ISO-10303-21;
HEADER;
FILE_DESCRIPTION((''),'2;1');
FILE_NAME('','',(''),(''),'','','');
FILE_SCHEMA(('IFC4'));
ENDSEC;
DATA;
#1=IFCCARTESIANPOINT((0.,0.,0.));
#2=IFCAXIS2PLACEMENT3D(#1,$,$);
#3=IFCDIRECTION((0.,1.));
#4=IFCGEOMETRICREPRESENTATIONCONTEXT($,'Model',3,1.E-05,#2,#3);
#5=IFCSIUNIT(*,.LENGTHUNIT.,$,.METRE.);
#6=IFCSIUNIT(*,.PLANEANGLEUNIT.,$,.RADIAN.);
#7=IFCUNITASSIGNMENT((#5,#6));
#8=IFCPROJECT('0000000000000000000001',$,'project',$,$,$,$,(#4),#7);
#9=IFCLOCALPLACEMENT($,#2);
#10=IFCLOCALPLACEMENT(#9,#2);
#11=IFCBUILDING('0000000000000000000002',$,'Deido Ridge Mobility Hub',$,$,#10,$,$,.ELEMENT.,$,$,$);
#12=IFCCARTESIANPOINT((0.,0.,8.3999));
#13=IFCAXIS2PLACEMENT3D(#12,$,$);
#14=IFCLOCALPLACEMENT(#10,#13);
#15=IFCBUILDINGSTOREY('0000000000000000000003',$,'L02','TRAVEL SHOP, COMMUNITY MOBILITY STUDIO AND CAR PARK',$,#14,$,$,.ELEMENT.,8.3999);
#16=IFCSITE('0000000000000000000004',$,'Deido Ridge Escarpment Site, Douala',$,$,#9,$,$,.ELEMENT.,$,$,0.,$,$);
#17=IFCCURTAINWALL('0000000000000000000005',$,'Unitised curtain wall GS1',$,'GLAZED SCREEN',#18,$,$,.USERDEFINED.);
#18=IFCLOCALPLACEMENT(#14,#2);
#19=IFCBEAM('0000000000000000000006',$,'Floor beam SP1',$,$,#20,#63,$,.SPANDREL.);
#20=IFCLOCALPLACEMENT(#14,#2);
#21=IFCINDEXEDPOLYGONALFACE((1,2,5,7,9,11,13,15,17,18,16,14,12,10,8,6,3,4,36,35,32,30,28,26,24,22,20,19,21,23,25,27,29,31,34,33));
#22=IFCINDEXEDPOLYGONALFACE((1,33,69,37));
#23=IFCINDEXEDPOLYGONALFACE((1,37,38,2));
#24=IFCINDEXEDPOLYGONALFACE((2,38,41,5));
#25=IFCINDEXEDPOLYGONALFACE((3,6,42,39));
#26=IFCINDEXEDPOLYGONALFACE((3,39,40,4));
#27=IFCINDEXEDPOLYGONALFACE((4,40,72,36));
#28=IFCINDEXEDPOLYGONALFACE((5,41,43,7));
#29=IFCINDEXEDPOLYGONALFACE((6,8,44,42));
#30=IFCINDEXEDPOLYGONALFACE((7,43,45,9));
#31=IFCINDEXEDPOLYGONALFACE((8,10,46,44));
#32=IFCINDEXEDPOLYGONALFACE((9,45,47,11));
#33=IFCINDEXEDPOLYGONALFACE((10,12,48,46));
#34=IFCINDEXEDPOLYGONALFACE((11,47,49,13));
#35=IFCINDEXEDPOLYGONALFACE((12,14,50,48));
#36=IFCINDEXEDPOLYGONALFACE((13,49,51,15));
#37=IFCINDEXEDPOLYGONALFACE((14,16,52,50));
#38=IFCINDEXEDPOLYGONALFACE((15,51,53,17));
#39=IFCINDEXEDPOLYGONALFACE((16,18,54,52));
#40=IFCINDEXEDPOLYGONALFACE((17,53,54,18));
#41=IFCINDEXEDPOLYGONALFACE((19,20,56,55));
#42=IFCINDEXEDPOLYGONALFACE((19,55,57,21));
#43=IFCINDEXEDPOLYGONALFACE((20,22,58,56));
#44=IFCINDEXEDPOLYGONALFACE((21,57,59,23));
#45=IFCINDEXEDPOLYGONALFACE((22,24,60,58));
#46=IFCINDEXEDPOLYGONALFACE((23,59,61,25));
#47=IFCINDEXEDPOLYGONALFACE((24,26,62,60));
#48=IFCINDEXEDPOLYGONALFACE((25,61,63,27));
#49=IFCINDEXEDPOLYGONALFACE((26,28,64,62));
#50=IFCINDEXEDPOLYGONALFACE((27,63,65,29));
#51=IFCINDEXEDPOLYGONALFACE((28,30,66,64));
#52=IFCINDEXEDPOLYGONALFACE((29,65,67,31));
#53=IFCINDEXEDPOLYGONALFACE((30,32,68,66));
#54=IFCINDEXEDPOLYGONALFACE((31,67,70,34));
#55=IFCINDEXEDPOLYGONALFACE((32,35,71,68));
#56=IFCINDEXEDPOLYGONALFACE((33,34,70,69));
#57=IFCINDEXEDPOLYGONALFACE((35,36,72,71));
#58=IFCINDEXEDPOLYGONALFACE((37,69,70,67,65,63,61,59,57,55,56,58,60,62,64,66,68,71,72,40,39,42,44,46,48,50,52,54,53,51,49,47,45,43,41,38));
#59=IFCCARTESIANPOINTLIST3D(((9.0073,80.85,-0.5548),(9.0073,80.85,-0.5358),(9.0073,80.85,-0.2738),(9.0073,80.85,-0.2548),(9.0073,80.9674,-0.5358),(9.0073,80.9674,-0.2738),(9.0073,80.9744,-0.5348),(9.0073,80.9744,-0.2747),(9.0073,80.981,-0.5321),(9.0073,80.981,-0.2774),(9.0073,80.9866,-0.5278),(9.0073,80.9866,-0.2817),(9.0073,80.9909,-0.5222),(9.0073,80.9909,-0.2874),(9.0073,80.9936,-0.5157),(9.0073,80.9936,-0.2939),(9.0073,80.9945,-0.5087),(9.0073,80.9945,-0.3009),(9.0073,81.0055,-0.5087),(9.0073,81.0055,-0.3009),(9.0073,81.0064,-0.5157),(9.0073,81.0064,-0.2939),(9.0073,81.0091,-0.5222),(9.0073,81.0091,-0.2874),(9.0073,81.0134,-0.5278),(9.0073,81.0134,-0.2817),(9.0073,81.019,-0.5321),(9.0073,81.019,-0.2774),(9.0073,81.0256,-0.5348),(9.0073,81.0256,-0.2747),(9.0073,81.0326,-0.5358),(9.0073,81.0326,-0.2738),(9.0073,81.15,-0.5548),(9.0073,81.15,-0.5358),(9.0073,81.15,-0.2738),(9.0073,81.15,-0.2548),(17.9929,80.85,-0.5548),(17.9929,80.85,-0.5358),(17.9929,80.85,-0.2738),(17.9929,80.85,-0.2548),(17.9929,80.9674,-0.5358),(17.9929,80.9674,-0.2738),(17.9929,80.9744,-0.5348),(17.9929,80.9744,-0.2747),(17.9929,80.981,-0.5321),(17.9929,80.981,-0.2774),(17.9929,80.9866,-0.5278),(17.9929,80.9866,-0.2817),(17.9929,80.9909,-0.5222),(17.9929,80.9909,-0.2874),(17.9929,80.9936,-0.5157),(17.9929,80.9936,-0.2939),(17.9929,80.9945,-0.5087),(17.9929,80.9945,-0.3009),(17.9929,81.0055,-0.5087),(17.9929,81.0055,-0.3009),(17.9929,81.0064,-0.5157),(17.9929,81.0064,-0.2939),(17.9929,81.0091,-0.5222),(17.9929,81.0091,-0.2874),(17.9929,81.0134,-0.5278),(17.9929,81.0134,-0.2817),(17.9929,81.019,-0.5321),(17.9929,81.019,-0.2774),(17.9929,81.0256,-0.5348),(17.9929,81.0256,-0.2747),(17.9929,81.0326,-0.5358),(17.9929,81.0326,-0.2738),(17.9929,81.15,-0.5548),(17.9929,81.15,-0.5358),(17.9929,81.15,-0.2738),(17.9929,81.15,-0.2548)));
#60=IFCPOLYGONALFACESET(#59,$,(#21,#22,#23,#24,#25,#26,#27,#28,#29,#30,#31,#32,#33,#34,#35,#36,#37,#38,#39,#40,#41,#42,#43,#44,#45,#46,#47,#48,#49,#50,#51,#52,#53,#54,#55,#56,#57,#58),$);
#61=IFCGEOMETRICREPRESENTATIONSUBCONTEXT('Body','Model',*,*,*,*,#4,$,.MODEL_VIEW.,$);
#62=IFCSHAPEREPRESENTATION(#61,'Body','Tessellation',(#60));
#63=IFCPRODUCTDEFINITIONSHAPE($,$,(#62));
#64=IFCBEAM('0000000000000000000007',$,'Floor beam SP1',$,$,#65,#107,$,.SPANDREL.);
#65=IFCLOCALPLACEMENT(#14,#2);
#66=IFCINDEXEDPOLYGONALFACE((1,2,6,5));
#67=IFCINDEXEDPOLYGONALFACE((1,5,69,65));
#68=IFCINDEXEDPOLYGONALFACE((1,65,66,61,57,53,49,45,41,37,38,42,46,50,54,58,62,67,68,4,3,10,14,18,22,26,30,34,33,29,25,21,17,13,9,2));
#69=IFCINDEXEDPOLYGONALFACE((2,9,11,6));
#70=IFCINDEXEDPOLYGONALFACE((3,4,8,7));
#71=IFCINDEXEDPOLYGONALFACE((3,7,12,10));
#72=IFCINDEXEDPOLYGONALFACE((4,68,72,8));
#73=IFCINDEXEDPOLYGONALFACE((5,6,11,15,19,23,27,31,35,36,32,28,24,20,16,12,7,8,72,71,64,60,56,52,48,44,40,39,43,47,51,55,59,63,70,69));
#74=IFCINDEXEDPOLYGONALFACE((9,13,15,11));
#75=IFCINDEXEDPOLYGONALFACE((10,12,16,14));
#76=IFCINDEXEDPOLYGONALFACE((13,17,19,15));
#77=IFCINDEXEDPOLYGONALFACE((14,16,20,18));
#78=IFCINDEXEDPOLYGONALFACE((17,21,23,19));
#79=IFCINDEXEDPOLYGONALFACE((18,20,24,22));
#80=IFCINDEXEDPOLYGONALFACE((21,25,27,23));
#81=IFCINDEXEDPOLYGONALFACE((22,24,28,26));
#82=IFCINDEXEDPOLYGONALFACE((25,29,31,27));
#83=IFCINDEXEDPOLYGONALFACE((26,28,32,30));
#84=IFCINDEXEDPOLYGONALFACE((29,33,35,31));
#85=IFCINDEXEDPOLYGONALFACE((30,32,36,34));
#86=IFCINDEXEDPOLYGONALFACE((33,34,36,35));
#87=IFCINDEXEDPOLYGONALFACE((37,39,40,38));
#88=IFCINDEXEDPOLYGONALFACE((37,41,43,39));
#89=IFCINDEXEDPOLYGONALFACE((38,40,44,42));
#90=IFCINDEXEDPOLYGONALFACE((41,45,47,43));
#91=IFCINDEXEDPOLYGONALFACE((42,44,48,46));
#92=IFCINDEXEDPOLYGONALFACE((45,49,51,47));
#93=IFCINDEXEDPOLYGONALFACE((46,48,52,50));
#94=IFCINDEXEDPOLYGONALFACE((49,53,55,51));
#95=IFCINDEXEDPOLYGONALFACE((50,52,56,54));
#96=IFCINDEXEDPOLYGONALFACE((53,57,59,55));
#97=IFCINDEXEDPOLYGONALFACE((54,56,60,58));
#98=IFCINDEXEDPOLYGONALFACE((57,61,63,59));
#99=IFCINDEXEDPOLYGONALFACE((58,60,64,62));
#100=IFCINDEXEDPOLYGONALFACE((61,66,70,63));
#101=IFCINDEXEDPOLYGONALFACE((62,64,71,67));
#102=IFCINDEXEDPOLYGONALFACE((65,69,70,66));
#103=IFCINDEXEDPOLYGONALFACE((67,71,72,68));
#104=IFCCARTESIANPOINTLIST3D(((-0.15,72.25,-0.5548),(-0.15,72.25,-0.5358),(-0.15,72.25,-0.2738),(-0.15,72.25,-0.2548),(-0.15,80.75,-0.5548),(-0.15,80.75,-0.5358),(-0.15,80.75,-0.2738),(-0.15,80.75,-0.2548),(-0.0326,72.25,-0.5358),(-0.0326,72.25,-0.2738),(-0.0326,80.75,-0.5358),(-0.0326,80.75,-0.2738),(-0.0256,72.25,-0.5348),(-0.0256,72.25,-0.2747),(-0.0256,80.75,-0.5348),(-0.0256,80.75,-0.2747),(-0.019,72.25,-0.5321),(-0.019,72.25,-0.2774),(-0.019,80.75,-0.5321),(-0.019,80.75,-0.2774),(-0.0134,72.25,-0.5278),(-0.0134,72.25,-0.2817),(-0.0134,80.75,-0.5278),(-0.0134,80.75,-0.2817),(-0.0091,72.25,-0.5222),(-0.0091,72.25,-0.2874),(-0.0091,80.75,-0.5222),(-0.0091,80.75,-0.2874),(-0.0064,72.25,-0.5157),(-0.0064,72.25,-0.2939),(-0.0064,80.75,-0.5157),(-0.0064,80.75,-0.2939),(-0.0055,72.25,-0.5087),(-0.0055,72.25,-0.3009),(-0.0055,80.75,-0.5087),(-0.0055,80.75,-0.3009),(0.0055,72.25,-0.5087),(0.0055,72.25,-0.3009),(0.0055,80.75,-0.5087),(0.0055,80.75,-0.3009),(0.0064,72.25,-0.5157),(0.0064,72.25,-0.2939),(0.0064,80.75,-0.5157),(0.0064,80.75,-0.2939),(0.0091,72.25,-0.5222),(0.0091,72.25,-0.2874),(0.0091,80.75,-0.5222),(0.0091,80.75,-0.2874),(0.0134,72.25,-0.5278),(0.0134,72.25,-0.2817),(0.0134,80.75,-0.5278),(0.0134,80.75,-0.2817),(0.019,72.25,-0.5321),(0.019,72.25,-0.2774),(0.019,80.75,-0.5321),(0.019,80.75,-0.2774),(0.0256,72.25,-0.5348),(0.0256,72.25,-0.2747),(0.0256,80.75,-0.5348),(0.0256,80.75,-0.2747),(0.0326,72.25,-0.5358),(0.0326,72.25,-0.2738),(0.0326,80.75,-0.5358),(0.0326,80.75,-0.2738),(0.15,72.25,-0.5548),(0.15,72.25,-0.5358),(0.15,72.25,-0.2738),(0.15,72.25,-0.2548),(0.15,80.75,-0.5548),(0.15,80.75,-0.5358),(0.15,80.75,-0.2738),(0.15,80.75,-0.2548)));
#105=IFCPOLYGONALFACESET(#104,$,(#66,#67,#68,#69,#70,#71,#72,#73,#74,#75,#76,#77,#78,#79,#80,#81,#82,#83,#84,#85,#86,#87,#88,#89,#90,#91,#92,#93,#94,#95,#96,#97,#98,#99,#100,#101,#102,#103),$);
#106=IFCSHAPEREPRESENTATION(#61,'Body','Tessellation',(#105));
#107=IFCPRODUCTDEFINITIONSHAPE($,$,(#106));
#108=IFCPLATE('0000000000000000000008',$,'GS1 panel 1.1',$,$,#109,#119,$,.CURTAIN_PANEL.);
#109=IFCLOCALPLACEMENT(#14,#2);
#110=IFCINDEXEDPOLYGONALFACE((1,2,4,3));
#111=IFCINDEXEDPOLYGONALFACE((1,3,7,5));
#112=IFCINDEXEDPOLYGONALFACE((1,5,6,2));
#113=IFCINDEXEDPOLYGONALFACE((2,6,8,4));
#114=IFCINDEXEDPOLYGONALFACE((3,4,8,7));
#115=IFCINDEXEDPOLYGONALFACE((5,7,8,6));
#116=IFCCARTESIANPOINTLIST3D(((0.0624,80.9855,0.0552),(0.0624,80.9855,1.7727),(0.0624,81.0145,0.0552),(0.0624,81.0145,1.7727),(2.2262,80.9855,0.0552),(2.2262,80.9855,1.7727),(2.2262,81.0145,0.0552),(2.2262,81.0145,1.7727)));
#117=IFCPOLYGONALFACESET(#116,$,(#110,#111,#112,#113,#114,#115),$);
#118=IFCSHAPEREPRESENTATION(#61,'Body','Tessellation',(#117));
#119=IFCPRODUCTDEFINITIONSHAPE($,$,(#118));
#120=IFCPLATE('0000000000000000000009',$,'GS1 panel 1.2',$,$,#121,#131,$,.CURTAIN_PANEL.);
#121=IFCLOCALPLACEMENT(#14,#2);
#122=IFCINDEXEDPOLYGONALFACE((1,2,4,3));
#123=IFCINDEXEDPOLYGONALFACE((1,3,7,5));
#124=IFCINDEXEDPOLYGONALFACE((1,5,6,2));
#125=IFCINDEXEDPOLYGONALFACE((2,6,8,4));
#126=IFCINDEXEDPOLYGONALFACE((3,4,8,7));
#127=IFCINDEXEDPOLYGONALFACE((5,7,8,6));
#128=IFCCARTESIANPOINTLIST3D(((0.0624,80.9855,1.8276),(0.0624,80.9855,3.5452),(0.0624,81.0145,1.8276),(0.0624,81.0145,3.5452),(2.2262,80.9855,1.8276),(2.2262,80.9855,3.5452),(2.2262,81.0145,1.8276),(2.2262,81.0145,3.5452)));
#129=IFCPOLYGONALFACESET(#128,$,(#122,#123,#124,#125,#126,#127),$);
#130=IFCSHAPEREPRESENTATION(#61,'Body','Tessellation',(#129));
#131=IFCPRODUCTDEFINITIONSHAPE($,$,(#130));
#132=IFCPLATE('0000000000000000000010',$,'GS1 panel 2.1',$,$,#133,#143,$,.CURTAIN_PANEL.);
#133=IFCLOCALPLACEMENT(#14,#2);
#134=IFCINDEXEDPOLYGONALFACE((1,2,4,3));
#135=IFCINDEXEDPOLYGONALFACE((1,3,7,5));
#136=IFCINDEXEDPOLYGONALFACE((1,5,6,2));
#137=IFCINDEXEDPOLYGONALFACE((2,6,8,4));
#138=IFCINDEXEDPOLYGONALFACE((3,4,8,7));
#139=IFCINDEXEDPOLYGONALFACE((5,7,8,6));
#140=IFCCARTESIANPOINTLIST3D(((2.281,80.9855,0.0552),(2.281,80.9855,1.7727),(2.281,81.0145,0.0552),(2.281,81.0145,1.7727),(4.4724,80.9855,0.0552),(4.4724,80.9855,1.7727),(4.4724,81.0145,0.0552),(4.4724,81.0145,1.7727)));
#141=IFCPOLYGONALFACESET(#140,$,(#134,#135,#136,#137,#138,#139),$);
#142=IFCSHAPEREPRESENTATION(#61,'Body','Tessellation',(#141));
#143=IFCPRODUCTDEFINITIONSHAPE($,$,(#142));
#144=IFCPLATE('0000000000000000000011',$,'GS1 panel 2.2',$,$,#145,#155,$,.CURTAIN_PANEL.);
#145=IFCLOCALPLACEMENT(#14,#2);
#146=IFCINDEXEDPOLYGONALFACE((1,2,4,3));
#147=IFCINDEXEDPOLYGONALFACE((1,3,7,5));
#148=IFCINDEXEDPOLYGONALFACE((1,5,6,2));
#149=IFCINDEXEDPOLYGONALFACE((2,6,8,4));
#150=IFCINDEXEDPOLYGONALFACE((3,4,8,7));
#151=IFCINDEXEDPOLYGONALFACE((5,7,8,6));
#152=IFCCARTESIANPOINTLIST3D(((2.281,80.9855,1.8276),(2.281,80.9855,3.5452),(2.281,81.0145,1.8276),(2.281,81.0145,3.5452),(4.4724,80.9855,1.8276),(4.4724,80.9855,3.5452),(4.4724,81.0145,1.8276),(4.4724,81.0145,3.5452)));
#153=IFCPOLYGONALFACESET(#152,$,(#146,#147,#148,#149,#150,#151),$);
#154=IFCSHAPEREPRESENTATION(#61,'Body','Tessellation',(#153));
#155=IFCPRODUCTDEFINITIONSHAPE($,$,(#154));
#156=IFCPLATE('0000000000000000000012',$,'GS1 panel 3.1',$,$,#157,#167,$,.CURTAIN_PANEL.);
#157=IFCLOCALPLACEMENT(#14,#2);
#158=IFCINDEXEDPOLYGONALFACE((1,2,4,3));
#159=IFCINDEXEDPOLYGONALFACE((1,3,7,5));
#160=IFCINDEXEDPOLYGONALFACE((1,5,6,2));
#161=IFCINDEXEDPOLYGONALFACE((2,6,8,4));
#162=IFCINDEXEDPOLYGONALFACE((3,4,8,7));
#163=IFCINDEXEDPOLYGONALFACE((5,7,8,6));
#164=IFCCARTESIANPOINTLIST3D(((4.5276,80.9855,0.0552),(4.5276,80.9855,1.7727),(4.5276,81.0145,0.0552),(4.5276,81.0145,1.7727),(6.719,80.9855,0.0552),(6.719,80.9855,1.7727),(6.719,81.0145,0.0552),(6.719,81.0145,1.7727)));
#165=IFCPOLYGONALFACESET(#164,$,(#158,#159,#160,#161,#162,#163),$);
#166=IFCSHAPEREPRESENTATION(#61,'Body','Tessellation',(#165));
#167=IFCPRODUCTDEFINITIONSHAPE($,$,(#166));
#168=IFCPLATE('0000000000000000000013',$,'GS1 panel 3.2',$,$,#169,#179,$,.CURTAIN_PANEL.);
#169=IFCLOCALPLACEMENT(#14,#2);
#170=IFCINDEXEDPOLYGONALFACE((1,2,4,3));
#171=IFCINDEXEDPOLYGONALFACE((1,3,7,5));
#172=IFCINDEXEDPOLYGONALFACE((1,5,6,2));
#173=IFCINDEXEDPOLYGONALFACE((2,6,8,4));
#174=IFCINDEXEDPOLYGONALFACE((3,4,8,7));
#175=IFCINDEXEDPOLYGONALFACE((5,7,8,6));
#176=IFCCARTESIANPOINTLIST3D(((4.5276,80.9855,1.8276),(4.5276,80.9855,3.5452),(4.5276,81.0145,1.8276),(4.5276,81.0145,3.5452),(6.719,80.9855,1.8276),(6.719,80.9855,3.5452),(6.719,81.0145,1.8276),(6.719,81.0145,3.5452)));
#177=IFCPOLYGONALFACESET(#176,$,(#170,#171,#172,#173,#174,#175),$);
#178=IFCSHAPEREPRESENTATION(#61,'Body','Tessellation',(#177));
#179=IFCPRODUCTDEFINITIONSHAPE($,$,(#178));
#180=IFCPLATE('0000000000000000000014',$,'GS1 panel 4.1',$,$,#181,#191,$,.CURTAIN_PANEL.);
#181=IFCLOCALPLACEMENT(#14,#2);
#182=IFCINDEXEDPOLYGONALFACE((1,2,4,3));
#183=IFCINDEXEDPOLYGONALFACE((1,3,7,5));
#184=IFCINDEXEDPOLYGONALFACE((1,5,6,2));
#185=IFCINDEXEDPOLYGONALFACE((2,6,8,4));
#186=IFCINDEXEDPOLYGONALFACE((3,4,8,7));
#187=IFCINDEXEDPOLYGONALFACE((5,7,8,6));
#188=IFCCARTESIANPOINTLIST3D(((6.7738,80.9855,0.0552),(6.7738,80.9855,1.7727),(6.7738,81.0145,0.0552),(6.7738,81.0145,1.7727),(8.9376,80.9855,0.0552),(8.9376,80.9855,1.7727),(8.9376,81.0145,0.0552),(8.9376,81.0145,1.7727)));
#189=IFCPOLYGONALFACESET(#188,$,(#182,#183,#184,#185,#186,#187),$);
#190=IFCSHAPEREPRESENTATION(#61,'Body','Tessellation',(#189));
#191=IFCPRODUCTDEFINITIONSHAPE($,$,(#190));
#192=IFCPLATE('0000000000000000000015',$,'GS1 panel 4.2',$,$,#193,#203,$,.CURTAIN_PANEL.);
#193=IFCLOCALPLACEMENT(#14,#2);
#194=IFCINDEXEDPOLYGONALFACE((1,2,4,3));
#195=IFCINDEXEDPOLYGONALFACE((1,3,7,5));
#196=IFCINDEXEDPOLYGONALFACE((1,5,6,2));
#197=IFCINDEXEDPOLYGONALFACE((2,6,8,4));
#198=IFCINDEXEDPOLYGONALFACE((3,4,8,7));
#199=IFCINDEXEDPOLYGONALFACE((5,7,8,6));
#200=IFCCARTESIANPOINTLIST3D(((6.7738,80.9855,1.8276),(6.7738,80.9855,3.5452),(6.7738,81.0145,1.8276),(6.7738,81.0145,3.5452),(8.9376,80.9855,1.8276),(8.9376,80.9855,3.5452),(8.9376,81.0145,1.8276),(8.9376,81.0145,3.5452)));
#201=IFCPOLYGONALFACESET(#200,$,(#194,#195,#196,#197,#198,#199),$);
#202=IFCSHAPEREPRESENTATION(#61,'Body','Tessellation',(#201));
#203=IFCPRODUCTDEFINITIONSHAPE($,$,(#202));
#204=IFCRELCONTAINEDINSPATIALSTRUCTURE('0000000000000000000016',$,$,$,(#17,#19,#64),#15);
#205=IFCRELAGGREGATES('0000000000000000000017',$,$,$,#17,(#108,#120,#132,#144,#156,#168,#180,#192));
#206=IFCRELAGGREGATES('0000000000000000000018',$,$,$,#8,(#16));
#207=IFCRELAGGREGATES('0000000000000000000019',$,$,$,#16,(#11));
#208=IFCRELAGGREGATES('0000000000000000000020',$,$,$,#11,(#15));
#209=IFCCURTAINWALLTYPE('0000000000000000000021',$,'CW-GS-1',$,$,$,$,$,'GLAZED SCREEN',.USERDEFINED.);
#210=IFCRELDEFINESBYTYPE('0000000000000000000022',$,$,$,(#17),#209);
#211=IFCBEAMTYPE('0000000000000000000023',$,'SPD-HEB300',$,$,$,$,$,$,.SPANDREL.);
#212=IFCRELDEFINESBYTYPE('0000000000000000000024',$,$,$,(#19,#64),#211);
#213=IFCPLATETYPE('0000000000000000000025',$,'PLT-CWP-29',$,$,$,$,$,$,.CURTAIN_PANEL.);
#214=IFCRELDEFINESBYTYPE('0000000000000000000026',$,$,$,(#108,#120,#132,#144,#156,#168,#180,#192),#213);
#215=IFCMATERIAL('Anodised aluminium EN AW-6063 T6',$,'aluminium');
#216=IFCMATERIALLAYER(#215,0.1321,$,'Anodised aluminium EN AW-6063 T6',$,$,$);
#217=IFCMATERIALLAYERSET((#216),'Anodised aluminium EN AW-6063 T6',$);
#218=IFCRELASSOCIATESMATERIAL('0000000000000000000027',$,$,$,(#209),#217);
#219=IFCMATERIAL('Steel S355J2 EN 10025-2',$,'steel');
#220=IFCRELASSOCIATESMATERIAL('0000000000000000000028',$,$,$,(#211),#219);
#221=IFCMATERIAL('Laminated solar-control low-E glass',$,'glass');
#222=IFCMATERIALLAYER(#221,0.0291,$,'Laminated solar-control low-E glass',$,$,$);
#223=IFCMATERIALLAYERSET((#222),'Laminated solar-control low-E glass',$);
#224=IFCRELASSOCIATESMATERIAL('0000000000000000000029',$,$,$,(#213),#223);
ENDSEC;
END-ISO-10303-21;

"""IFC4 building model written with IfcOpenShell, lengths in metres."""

from ifc_helpers import new_model, si_unit, direction, frame, origin, origin_2d, place, context, subcontext, project, spatial, rectangle, i_section, extrude, material, layer, layer_set, material_profile, profile_set, type_object, element, aggregate, save


model = new_model("IFC4")

# Units and contexts
model_context = context("Model", 3, precision=1e-05, world=origin(), true_north=direction((0.0, 1.0)))
body_context = subcontext(model_context, "Body", "Model", "MODEL_VIEW")
ifc_project = project(units=[si_unit("LENGTHUNIT", "METRE"), si_unit("PLANEANGLEUNIT", "RADIAN")], contexts=[model_context])

# Site, building, storey
site_placement = place(None, origin())
site = spatial("IfcSite", under=ifc_project, at=site_placement, Name="Deido Ridge Escarpment Site, Douala", CompositionType="ELEMENT", RefElevation=0.0)
building_placement = place(site_placement, origin())
building = spatial("IfcBuilding", under=site, at=building_placement, Name="Deido Ridge Mobility Hub", CompositionType="ELEMENT")
storey_placement = place(building_placement, frame((0.0, 0.0, 8.3999)))
storey = spatial("IfcBuildingStorey", under=building, at=storey_placement, Name="L02", Description="TRAVEL SHOP, COMMUNITY MOBILITY STUDIO AND CAR PARK", CompositionType="ELEMENT", Elevation=8.3999)

# Shared definitions
ifc_material_1 = material(Name="Steel S355J2 EN 10025-2", Category="steel")

# Curtain wall
ifc_material_2 = material(Name="Anodised aluminium EN AW-6063 T6", Category="aluminium")
ifc_layer_1 = layer(ifc_material_2, 0.1321, Name="Anodised aluminium EN AW-6063 T6")
ifc_layer_set_1 = layer_set([ifc_layer_1], Name="Anodised aluminium EN AW-6063 T6")
curtain_wall_type_1 = type_object("IfcCurtainWallType", Name="CW-GS-1", ElementType="GLAZED SCREEN", PredefinedType="USERDEFINED", material=ifc_layer_set_1)
curtain_wall_1_placement = place(storey_placement, origin())
curtain_wall_1 = element("IfcCurtainWall", 1, at=curtain_wall_1_placement, inside=storey, type_object=curtain_wall_type_1, Name="Unitised curtain wall GS1", ObjectType="GLAZED SCREEN", PredefinedType="USERDEFINED")

# Beams
ifc_material_profile_1 = material_profile(ifc_material_1, i_section(OverallWidth=0.3, OverallDepth=0.3, WebThickness=0.011, FlangeThickness=0.019, FilletRadius=0.0271, at=origin_2d()), Name="HEB 300")
ifc_profile_set_1 = profile_set([ifc_material_profile_1], Name="Steel S355J2 EN 10025-2")
beam_type_1 = type_object("IfcBeamType", Name="SPD-HEB300", PredefinedType="SPANDREL", material=ifc_profile_set_1)
beam_1_placement = place(storey_placement, frame((9.0073, 81.0, -0.4048), z_axis=(1.0, 0.0, 0.0), x_axis=(0.0, 1.0, 0.0)))
element("IfcBeam", 2, at=beam_1_placement, inside=storey, type_object=beam_type_1, Name="Floor beam SP1", PredefinedType="SPANDREL", context=body_context, shape_type="SweptSolid", body=[
    extrude(i_section(OverallWidth=0.3, OverallDepth=0.3, WebThickness=0.011, FlangeThickness=0.019, FilletRadius=0.0271, at=origin_2d()), origin(), (0.0, 0.0, 1.0), 8.9856),
])
beam_2_placement = place(storey_placement, frame((0.0, 72.25, -0.4048), z_axis=(0.0, 1.0, 0.0), x_axis=(-1.0, 0.0, 0.0)))
element("IfcBeam", 3, at=beam_2_placement, inside=storey, type_object=beam_type_1, Name="Floor beam SP1", PredefinedType="SPANDREL", context=body_context, shape_type="SweptSolid", body=[
    extrude(i_section(OverallWidth=0.3, OverallDepth=0.3, WebThickness=0.011, FlangeThickness=0.019, FilletRadius=0.0271, at=origin_2d()), origin(), (0.0, 0.0, 1.0), 8.5),
])

# Plates
ifc_material_3 = material(Name="Laminated solar-control low-E glass", Category="glass")
ifc_layer_2 = layer(ifc_material_3, 0.0291, Name="Laminated solar-control low-E glass")
ifc_layer_set_2 = layer_set([ifc_layer_2], Name="Laminated solar-control low-E glass")
plate_type_1 = type_object("IfcPlateType", Name="PLT-CWP-29", PredefinedType="CURTAIN_PANEL", material=ifc_layer_set_2)
plate_1_placement = place(storey_placement, frame((1.1443, 81.0, 0.0552), z_axis=(0.0, 0.0, 1.0), x_axis=(1.0, 0.0, 0.0)))
plate_1 = element("IfcPlate", 4, at=plate_1_placement, type_object=plate_type_1, Name="GS1 panel 1.1", PredefinedType="CURTAIN_PANEL", context=body_context, shape_type="SweptSolid", body=[
    extrude(rectangle(XDim=2.1638, YDim=0.0291, at=origin_2d()), origin(), (0.0, 0.0, 1.0), 1.7175),
])
plate_2_placement = place(storey_placement, frame((1.1443, 81.0, 1.8276), z_axis=(0.0, 0.0, 1.0), x_axis=(1.0, 0.0, 0.0)))
plate_2 = element("IfcPlate", 5, at=plate_2_placement, type_object=plate_type_1, Name="GS1 panel 1.2", PredefinedType="CURTAIN_PANEL", context=body_context, shape_type="SweptSolid", body=[
    extrude(rectangle(XDim=2.1638, YDim=0.0291, at=origin_2d()), origin(), (0.0, 0.0, 1.0), 1.7175),
])
plate_3_placement = place(storey_placement, frame((3.3767, 81.0, 0.0552), z_axis=(0.0, 0.0, 1.0), x_axis=(1.0, 0.0, 0.0)))
plate_3 = element("IfcPlate", 6, at=plate_3_placement, type_object=plate_type_1, Name="GS1 panel 2.1", PredefinedType="CURTAIN_PANEL", context=body_context, shape_type="SweptSolid", body=[
    extrude(rectangle(XDim=2.1914, YDim=0.0291, at=origin_2d()), origin(), (0.0, 0.0, 1.0), 1.7175),
])
plate_4_placement = place(storey_placement, frame((3.3767, 81.0, 1.8276), z_axis=(0.0, 0.0, 1.0), x_axis=(1.0, 0.0, 0.0)))
plate_4 = element("IfcPlate", 7, at=plate_4_placement, type_object=plate_type_1, Name="GS1 panel 2.2", PredefinedType="CURTAIN_PANEL", context=body_context, shape_type="SweptSolid", body=[
    extrude(rectangle(XDim=2.1914, YDim=0.0291, at=origin_2d()), origin(), (0.0, 0.0, 1.0), 1.7175),
])
plate_5_placement = place(storey_placement, frame((5.6233, 81.0, 0.0552), z_axis=(0.0, 0.0, 1.0), x_axis=(1.0, 0.0, 0.0)))
plate_5 = element("IfcPlate", 8, at=plate_5_placement, type_object=plate_type_1, Name="GS1 panel 3.1", PredefinedType="CURTAIN_PANEL", context=body_context, shape_type="SweptSolid", body=[
    extrude(rectangle(XDim=2.1914, YDim=0.0291, at=origin_2d()), origin(), (0.0, 0.0, 1.0), 1.7175),
])
plate_6_placement = place(storey_placement, frame((5.6233, 81.0, 1.8276), z_axis=(0.0, 0.0, 1.0), x_axis=(1.0, 0.0, 0.0)))
plate_6 = element("IfcPlate", 9, at=plate_6_placement, type_object=plate_type_1, Name="GS1 panel 3.2", PredefinedType="CURTAIN_PANEL", context=body_context, shape_type="SweptSolid", body=[
    extrude(rectangle(XDim=2.1914, YDim=0.0291, at=origin_2d()), origin(), (0.0, 0.0, 1.0), 1.7175),
])
plate_7_placement = place(storey_placement, frame((7.8557, 81.0, 0.0552), z_axis=(0.0, 0.0, 1.0), x_axis=(1.0, 0.0, 0.0)))
plate_7 = element("IfcPlate", 10, at=plate_7_placement, type_object=plate_type_1, Name="GS1 panel 4.1", PredefinedType="CURTAIN_PANEL", context=body_context, shape_type="SweptSolid", body=[
    extrude(rectangle(XDim=2.1638, YDim=0.0291, at=origin_2d()), origin(), (0.0, 0.0, 1.0), 1.7175),
])
plate_8_placement = place(storey_placement, frame((7.8557, 81.0, 1.8276), z_axis=(0.0, 0.0, 1.0), x_axis=(1.0, 0.0, 0.0)))
plate_8 = element("IfcPlate", 11, at=plate_8_placement, type_object=plate_type_1, Name="GS1 panel 4.2", PredefinedType="CURTAIN_PANEL", context=body_context, shape_type="SweptSolid", body=[
    extrude(rectangle(XDim=2.1638, YDim=0.0291, at=origin_2d()), origin(), (0.0, 0.0, 1.0), 1.7175),
])
aggregate(curtain_wall_1, [plate_1, plate_2, plate_3, plate_4, plate_5, plate_6, plate_7, plate_8])

save(model, "model.ifc")
